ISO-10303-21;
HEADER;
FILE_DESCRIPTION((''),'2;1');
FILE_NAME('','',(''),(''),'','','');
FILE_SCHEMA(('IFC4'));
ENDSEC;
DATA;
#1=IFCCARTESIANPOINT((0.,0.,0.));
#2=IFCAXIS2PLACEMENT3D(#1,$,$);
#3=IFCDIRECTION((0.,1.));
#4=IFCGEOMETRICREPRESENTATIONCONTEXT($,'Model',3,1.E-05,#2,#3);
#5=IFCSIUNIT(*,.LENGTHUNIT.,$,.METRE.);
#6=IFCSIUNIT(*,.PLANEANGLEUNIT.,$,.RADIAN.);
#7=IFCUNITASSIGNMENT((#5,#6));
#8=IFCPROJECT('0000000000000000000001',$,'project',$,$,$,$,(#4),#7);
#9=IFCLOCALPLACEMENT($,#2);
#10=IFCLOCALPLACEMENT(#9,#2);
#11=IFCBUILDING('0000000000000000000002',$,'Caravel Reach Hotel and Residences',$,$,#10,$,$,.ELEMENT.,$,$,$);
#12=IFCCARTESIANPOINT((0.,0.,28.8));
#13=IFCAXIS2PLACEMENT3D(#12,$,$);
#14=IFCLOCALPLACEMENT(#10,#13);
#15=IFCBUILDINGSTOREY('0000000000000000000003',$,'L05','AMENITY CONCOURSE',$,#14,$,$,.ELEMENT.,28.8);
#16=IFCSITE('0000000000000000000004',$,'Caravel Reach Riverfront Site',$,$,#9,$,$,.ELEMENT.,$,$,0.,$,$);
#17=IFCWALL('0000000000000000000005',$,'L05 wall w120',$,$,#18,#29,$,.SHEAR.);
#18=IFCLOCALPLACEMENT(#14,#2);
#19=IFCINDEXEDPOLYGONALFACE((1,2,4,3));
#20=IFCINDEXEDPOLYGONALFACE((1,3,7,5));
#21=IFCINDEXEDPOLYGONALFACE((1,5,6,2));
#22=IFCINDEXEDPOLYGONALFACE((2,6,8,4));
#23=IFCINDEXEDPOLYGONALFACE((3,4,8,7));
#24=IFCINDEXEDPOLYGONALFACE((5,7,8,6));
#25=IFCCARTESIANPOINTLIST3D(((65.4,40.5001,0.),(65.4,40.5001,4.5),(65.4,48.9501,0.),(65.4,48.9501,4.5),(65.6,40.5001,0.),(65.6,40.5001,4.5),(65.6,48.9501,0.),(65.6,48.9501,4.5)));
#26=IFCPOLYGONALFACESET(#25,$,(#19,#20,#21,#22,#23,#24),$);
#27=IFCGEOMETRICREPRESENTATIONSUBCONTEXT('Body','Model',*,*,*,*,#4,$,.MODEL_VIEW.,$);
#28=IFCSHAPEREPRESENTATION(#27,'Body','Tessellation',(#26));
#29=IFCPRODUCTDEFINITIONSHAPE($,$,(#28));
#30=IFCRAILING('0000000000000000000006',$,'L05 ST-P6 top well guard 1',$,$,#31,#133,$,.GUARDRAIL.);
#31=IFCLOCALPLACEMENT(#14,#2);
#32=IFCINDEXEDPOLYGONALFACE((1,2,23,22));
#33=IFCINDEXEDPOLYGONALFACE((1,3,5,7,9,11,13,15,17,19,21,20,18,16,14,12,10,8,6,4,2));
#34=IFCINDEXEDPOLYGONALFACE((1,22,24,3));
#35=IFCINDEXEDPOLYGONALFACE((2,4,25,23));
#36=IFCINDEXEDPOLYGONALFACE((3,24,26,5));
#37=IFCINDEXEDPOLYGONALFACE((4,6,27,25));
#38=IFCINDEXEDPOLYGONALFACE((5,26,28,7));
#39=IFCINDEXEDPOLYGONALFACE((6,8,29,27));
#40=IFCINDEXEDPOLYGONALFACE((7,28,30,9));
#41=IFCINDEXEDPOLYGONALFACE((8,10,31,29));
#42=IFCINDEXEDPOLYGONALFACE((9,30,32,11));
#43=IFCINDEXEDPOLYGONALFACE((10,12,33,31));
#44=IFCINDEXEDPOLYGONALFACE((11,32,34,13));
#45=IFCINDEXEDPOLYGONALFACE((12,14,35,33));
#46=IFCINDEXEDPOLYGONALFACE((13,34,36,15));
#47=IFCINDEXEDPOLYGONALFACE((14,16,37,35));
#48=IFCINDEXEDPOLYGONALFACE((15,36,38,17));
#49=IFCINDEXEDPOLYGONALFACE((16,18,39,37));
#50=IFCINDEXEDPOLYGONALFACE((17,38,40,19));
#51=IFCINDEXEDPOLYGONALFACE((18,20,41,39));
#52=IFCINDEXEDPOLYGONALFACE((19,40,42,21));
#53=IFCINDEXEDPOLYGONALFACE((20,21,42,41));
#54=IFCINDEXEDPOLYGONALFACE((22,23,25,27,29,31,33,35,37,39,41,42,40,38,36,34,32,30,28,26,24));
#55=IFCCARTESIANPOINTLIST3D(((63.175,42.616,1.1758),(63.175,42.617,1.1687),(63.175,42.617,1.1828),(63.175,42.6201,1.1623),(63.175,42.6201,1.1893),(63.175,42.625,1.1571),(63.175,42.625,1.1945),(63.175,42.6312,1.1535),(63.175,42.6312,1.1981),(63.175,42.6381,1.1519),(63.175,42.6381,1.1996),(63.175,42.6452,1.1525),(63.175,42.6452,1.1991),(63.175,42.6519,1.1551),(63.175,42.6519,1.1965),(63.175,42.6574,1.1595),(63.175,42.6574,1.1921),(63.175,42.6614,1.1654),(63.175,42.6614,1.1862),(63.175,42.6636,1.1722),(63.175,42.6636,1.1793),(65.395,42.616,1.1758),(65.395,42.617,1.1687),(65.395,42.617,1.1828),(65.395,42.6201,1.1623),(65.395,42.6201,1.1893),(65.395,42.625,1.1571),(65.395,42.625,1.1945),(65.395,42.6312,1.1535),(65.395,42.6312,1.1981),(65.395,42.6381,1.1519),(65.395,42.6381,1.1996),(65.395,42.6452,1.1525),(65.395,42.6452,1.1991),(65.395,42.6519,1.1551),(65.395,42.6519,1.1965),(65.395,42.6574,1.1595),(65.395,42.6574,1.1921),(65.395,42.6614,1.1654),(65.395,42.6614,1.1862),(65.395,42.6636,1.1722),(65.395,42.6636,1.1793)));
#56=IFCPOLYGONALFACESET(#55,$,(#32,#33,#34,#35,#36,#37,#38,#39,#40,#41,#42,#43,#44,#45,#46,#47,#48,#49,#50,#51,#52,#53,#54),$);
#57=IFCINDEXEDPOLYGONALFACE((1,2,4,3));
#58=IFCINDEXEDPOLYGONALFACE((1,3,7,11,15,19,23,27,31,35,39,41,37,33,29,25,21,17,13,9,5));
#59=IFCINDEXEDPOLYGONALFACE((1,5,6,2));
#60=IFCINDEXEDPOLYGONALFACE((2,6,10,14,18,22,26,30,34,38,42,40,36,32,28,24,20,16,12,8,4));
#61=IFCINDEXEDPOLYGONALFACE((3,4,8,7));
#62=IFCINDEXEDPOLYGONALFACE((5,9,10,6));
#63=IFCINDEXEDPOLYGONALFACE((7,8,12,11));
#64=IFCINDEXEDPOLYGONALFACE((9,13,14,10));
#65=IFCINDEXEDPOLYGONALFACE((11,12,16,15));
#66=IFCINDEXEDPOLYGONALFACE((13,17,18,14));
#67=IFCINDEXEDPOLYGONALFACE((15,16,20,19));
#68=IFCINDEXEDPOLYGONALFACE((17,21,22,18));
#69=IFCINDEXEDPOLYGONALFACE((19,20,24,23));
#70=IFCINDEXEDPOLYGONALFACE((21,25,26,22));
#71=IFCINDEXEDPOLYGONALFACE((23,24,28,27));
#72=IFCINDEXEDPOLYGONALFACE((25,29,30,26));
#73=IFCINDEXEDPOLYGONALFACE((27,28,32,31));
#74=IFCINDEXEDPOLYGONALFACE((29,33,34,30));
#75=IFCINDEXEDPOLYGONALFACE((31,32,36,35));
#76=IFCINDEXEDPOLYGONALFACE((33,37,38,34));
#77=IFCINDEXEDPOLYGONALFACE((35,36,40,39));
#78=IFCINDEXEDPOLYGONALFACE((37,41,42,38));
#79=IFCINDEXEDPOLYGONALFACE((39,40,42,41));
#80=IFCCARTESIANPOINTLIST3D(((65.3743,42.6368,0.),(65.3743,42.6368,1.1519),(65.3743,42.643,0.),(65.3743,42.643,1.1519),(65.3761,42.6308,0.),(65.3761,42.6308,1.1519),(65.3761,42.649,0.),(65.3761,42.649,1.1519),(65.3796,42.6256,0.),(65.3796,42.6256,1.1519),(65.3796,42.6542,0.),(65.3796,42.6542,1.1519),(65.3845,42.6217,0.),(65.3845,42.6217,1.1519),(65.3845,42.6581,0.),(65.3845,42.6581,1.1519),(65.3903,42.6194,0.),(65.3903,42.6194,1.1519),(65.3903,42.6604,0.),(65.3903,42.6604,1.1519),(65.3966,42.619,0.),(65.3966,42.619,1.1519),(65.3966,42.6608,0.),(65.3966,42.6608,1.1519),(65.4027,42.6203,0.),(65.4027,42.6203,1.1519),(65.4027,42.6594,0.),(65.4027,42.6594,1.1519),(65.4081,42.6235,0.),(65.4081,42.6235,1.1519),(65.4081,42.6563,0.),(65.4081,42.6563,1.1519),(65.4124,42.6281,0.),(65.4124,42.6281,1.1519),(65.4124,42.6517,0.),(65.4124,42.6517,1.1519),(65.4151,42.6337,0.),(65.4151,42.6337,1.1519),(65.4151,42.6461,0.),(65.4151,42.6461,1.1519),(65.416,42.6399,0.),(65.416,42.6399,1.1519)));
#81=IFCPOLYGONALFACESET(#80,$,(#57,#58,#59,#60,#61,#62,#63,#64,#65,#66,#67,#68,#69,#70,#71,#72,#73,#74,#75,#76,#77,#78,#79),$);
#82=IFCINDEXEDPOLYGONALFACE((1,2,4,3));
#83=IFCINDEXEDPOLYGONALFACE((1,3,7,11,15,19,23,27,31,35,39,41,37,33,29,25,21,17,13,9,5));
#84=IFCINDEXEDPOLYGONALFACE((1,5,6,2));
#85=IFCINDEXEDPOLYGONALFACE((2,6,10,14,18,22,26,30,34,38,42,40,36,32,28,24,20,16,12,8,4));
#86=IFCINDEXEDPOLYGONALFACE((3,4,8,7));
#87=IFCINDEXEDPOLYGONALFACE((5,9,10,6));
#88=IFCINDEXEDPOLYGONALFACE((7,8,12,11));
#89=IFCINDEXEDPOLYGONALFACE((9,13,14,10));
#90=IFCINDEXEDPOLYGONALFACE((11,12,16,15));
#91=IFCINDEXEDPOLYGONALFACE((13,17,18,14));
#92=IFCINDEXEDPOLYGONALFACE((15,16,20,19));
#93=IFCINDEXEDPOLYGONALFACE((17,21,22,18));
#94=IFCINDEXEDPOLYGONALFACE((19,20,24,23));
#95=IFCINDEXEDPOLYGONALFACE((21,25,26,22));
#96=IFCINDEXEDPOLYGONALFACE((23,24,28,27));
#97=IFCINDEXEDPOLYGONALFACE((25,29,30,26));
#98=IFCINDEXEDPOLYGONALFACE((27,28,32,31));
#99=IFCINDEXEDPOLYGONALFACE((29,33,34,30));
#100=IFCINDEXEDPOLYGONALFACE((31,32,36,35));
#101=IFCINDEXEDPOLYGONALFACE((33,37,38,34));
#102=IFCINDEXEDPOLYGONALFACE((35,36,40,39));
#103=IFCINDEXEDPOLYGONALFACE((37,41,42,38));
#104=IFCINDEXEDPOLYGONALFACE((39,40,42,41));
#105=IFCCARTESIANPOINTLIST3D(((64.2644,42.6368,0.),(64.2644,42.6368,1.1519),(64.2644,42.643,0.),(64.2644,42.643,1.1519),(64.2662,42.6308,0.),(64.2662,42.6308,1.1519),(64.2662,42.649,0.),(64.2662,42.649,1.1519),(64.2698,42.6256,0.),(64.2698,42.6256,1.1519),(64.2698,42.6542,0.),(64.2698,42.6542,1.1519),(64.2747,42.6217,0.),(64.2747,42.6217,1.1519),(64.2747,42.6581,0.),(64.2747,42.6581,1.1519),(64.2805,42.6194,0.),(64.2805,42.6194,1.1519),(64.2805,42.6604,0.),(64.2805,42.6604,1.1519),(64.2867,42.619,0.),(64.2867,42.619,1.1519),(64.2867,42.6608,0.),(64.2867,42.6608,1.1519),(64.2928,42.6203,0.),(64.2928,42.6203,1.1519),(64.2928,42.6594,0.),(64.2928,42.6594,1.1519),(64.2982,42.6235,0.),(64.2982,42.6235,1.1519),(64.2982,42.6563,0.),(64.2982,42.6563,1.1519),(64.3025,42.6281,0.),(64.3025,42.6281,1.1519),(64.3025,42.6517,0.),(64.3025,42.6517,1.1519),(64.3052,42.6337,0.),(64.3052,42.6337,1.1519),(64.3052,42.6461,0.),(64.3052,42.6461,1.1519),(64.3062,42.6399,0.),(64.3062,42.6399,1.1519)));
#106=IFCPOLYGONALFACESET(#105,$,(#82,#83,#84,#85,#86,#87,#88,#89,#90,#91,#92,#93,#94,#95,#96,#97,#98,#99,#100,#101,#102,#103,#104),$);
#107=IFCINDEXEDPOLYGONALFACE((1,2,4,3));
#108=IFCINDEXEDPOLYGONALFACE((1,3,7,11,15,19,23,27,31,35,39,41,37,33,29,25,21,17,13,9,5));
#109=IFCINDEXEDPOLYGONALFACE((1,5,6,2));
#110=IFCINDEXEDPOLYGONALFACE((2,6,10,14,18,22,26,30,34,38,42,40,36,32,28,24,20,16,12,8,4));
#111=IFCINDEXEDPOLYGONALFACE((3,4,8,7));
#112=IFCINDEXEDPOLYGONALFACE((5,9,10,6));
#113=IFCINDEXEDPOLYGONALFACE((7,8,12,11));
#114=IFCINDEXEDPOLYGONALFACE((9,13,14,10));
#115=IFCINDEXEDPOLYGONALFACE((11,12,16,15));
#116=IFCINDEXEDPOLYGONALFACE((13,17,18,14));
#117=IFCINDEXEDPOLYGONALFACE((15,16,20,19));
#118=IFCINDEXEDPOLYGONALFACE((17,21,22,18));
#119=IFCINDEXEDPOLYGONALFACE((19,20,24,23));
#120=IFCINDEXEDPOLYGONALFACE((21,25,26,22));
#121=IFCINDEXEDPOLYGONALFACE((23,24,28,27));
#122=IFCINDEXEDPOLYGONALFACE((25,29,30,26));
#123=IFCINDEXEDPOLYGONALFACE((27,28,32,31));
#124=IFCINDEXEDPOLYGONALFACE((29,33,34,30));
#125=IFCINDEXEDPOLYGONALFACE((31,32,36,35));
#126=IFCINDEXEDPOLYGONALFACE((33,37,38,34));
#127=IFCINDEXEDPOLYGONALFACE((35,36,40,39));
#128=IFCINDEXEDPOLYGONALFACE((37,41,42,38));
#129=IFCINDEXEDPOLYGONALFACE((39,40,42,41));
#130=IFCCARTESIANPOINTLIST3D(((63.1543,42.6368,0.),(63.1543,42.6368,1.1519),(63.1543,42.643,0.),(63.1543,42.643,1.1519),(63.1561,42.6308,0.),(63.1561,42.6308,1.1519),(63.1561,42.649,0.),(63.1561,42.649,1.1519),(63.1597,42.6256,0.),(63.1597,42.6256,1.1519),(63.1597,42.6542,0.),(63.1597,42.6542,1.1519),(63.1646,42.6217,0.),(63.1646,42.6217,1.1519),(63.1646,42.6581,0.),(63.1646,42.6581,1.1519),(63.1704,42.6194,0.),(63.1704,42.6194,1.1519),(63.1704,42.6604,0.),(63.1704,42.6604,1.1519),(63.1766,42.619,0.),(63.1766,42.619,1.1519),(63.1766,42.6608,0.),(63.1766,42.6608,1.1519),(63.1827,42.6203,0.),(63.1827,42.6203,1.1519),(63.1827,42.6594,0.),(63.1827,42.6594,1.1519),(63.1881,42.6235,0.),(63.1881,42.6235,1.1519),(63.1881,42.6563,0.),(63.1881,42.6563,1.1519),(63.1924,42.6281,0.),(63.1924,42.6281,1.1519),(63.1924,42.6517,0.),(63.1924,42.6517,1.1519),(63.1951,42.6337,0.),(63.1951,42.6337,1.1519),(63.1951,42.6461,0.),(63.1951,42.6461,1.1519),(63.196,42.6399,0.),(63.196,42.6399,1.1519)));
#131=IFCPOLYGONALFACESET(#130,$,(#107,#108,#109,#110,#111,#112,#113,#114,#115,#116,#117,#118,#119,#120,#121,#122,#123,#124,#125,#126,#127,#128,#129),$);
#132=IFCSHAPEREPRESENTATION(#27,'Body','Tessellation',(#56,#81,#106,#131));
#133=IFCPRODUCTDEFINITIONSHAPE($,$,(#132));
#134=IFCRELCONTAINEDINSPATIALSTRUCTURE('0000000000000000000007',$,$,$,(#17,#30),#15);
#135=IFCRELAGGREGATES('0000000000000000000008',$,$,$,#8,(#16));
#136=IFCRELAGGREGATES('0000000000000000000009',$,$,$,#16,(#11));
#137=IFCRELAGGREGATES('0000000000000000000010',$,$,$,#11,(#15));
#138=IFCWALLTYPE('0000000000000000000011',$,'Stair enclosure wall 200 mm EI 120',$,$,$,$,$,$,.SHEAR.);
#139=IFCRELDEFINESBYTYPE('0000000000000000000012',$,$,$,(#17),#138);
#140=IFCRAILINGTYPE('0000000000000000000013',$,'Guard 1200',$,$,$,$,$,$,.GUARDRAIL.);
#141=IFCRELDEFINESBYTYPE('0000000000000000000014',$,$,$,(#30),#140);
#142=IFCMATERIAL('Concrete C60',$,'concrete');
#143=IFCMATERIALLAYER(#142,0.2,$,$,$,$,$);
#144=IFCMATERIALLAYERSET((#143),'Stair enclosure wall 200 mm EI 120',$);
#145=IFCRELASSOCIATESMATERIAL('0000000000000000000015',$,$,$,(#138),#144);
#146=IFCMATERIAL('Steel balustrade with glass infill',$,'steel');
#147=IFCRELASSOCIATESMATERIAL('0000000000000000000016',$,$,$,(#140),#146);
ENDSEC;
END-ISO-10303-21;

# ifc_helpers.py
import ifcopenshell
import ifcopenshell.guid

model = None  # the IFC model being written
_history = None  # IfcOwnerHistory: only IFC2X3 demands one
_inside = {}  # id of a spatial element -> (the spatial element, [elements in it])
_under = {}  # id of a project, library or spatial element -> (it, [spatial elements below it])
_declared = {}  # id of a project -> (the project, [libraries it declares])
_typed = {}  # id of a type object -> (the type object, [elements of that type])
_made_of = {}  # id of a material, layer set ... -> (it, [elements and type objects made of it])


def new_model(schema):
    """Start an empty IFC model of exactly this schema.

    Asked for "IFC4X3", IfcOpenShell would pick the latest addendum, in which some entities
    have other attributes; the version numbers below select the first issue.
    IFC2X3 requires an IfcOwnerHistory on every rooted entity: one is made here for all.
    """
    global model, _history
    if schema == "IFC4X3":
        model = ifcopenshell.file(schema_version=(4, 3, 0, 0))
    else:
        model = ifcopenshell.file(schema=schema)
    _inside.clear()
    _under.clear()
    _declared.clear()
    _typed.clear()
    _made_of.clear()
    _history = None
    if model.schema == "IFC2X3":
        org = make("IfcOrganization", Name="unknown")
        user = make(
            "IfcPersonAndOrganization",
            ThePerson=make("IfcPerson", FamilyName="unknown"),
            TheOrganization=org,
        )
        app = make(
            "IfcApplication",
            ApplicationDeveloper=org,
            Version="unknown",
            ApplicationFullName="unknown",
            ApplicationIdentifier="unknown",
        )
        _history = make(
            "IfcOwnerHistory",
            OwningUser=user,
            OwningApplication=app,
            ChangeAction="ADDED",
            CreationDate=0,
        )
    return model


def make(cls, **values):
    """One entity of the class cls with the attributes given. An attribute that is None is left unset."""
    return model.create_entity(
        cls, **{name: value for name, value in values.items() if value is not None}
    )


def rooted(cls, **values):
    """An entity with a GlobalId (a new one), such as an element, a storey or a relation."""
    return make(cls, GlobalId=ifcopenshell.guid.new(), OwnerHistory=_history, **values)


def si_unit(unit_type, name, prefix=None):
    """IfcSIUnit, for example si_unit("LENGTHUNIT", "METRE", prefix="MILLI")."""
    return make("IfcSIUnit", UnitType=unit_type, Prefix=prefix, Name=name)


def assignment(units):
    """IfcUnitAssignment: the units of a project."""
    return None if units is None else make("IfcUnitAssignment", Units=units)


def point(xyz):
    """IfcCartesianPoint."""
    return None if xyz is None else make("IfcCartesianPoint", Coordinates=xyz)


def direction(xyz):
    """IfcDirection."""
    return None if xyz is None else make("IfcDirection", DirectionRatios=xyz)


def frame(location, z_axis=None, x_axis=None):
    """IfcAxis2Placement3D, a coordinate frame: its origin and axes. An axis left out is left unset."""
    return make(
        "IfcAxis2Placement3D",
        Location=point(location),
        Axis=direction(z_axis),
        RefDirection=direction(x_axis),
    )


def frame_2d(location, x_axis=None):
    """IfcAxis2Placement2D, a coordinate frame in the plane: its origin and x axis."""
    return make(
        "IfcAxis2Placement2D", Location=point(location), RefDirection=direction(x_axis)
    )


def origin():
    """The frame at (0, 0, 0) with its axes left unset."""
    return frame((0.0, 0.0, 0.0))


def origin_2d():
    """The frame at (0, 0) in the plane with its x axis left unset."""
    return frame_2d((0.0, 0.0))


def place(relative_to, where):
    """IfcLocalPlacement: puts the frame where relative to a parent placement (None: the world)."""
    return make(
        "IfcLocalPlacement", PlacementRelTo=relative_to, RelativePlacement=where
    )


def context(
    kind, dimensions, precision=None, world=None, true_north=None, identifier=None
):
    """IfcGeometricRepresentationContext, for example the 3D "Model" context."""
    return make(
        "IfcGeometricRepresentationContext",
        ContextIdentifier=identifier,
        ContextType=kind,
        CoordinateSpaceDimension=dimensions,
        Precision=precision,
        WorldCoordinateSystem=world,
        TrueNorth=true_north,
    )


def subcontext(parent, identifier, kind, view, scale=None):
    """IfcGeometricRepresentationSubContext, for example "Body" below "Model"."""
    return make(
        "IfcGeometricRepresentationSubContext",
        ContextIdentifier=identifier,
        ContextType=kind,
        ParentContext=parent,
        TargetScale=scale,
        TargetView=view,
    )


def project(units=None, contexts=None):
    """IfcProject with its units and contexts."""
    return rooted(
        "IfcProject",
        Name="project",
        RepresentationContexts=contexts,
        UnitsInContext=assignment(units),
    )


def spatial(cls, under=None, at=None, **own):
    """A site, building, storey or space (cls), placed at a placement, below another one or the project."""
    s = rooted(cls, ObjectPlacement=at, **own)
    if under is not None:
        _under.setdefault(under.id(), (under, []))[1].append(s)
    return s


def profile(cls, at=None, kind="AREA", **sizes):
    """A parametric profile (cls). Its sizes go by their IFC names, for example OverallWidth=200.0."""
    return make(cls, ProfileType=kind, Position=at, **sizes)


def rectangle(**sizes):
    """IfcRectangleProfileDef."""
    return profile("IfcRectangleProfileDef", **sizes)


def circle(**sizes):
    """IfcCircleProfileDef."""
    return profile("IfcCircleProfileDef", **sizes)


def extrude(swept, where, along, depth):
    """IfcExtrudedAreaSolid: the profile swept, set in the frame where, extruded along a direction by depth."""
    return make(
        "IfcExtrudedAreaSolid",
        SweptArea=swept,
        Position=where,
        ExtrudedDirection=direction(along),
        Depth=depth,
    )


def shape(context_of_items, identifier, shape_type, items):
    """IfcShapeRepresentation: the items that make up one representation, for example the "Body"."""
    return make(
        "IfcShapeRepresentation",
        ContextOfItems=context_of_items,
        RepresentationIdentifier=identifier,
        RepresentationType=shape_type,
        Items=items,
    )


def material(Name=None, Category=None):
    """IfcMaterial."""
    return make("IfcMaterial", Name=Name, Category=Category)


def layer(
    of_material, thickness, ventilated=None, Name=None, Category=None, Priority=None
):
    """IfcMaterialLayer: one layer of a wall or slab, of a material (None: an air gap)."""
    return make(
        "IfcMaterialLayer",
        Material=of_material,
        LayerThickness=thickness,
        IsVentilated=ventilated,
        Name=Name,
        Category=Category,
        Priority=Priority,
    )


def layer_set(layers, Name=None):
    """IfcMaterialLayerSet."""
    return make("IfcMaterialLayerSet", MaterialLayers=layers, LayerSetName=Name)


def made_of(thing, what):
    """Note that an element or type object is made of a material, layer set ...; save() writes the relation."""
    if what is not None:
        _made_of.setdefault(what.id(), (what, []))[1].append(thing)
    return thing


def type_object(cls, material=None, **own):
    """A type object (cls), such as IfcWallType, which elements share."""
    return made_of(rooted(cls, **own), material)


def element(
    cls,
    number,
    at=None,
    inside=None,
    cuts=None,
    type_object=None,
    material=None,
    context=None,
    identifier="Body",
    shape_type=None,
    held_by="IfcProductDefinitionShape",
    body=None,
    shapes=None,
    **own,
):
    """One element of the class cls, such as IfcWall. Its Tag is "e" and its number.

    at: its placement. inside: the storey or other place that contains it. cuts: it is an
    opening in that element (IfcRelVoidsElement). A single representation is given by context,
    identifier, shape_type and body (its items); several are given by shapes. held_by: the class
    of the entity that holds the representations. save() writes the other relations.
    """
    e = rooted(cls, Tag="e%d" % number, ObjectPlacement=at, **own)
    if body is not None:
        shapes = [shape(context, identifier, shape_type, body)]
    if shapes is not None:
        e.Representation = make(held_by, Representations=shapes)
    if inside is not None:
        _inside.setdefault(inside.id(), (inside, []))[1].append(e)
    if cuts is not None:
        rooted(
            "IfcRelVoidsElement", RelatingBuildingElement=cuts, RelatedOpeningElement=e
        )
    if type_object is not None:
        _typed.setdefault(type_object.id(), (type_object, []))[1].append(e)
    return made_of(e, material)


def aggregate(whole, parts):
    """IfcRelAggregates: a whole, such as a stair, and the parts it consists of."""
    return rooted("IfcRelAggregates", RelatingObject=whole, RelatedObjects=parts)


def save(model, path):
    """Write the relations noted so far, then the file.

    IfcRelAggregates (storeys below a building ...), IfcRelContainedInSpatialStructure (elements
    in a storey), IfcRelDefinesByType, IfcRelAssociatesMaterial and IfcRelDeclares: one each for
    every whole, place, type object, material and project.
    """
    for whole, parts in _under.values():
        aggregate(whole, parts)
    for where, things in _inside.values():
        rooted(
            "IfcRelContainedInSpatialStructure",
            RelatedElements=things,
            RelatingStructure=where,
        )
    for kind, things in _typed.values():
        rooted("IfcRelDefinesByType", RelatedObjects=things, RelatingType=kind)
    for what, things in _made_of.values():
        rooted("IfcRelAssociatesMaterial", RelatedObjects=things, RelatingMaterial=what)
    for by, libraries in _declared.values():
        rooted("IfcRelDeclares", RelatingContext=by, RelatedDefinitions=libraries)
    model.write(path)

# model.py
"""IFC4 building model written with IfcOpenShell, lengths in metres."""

from ifc_helpers import new_model, si_unit, direction, frame, frame_2d, origin, origin_2d, place, context, subcontext, project, spatial, rectangle, circle, extrude, material, layer, layer_set, type_object, element, save


model = new_model("IFC4")

# Units and contexts
model_context = context("Model", 3, precision=1e-05, world=origin(), true_north=direction((0.0, 1.0)))
body_context = subcontext(model_context, "Body", "Model", "MODEL_VIEW")
ifc_project = project(units=[si_unit("LENGTHUNIT", "METRE"), si_unit("PLANEANGLEUNIT", "RADIAN")], contexts=[model_context])

# Site, building, storey
site_placement = place(None, origin())
site = spatial("IfcSite", under=ifc_project, at=site_placement, Name="Caravel Reach Riverfront Site", CompositionType="ELEMENT", RefElevation=0.0)
building_placement = place(site_placement, origin())
building = spatial("IfcBuilding", under=site, at=building_placement, Name="Caravel Reach Hotel and Residences", CompositionType="ELEMENT")
storey_placement = place(building_placement, frame((0.0, 0.0, 28.8)))
storey = spatial("IfcBuildingStorey", under=building, at=storey_placement, Name="L05", Description="AMENITY CONCOURSE", CompositionType="ELEMENT", Elevation=28.8)

# Shared definitions
ifc_material_1 = material(Name="Concrete C60", Category="concrete")
ifc_layer_1 = layer(ifc_material_1, 0.2)
ifc_layer_set_1 = layer_set([ifc_layer_1], Name="Stair enclosure wall 200 mm EI 120")
wall_type_1 = type_object("IfcWallType", Name="Stair enclosure wall 200 mm EI 120", PredefinedType="SHEAR", material=ifc_layer_set_1)

# Wall
for number, where, z_axis, x_axis, name in (
    (1, (65.5, 40.5, 0.0), (0.0, 0.0, 1.0), (0.0, 1.0, 0.0), "L05 wall w120"),
):
    element("IfcWall", number, at=place(storey_placement, frame(where, z_axis=z_axis, x_axis=x_axis)), inside=storey, type_object=wall_type_1, Name=name, PredefinedType="SHEAR", context=body_context, shape_type="SweptSolid", body=[
        extrude(rectangle(XDim=8.45, YDim=0.2, at=frame_2d((4.2251, 0.0))), origin(), (0.0, 0.0, 1.0), 4.5),
    ])

# Railing
ifc_material_2 = material(Name="Steel balustrade with glass infill", Category="steel")
railing_type = type_object("IfcRailingType", Name="Guard 1200", PredefinedType="GUARDRAIL", material=ifc_material_2)
railing_placement = place(storey_placement, frame((65.395, 42.6399, 0.0)))
element("IfcRailing", 2, at=railing_placement, inside=storey, type_object=railing_type, Name="L05 ST-P6 top well guard 1", PredefinedType="GUARDRAIL", context=body_context, shape_type="SweptSolid", body=[
    extrude(circle(Radius=0.0239, at=origin_2d()), frame((0.0, 0.0, 1.1758), z_axis=(-1.0, 0.0, 0.0), x_axis=(0.0, -1.0, 0.0)), (0.0, 0.0, 1.0), 2.22),
    extrude(circle(Radius=0.021, at=origin_2d()), origin(), (0.0, 0.0, 1.0), 1.1519),
    extrude(circle(Radius=0.021, at=origin_2d()), frame((-1.1099, 0.0, 0.0)), (0.0, 0.0, 1.0), 1.1519),
    extrude(circle(Radius=0.021, at=origin_2d()), frame((-2.22, 0.0, 0.0)), (0.0, 0.0, 1.0), 1.1519),
])

save(model, "model.ifc")
